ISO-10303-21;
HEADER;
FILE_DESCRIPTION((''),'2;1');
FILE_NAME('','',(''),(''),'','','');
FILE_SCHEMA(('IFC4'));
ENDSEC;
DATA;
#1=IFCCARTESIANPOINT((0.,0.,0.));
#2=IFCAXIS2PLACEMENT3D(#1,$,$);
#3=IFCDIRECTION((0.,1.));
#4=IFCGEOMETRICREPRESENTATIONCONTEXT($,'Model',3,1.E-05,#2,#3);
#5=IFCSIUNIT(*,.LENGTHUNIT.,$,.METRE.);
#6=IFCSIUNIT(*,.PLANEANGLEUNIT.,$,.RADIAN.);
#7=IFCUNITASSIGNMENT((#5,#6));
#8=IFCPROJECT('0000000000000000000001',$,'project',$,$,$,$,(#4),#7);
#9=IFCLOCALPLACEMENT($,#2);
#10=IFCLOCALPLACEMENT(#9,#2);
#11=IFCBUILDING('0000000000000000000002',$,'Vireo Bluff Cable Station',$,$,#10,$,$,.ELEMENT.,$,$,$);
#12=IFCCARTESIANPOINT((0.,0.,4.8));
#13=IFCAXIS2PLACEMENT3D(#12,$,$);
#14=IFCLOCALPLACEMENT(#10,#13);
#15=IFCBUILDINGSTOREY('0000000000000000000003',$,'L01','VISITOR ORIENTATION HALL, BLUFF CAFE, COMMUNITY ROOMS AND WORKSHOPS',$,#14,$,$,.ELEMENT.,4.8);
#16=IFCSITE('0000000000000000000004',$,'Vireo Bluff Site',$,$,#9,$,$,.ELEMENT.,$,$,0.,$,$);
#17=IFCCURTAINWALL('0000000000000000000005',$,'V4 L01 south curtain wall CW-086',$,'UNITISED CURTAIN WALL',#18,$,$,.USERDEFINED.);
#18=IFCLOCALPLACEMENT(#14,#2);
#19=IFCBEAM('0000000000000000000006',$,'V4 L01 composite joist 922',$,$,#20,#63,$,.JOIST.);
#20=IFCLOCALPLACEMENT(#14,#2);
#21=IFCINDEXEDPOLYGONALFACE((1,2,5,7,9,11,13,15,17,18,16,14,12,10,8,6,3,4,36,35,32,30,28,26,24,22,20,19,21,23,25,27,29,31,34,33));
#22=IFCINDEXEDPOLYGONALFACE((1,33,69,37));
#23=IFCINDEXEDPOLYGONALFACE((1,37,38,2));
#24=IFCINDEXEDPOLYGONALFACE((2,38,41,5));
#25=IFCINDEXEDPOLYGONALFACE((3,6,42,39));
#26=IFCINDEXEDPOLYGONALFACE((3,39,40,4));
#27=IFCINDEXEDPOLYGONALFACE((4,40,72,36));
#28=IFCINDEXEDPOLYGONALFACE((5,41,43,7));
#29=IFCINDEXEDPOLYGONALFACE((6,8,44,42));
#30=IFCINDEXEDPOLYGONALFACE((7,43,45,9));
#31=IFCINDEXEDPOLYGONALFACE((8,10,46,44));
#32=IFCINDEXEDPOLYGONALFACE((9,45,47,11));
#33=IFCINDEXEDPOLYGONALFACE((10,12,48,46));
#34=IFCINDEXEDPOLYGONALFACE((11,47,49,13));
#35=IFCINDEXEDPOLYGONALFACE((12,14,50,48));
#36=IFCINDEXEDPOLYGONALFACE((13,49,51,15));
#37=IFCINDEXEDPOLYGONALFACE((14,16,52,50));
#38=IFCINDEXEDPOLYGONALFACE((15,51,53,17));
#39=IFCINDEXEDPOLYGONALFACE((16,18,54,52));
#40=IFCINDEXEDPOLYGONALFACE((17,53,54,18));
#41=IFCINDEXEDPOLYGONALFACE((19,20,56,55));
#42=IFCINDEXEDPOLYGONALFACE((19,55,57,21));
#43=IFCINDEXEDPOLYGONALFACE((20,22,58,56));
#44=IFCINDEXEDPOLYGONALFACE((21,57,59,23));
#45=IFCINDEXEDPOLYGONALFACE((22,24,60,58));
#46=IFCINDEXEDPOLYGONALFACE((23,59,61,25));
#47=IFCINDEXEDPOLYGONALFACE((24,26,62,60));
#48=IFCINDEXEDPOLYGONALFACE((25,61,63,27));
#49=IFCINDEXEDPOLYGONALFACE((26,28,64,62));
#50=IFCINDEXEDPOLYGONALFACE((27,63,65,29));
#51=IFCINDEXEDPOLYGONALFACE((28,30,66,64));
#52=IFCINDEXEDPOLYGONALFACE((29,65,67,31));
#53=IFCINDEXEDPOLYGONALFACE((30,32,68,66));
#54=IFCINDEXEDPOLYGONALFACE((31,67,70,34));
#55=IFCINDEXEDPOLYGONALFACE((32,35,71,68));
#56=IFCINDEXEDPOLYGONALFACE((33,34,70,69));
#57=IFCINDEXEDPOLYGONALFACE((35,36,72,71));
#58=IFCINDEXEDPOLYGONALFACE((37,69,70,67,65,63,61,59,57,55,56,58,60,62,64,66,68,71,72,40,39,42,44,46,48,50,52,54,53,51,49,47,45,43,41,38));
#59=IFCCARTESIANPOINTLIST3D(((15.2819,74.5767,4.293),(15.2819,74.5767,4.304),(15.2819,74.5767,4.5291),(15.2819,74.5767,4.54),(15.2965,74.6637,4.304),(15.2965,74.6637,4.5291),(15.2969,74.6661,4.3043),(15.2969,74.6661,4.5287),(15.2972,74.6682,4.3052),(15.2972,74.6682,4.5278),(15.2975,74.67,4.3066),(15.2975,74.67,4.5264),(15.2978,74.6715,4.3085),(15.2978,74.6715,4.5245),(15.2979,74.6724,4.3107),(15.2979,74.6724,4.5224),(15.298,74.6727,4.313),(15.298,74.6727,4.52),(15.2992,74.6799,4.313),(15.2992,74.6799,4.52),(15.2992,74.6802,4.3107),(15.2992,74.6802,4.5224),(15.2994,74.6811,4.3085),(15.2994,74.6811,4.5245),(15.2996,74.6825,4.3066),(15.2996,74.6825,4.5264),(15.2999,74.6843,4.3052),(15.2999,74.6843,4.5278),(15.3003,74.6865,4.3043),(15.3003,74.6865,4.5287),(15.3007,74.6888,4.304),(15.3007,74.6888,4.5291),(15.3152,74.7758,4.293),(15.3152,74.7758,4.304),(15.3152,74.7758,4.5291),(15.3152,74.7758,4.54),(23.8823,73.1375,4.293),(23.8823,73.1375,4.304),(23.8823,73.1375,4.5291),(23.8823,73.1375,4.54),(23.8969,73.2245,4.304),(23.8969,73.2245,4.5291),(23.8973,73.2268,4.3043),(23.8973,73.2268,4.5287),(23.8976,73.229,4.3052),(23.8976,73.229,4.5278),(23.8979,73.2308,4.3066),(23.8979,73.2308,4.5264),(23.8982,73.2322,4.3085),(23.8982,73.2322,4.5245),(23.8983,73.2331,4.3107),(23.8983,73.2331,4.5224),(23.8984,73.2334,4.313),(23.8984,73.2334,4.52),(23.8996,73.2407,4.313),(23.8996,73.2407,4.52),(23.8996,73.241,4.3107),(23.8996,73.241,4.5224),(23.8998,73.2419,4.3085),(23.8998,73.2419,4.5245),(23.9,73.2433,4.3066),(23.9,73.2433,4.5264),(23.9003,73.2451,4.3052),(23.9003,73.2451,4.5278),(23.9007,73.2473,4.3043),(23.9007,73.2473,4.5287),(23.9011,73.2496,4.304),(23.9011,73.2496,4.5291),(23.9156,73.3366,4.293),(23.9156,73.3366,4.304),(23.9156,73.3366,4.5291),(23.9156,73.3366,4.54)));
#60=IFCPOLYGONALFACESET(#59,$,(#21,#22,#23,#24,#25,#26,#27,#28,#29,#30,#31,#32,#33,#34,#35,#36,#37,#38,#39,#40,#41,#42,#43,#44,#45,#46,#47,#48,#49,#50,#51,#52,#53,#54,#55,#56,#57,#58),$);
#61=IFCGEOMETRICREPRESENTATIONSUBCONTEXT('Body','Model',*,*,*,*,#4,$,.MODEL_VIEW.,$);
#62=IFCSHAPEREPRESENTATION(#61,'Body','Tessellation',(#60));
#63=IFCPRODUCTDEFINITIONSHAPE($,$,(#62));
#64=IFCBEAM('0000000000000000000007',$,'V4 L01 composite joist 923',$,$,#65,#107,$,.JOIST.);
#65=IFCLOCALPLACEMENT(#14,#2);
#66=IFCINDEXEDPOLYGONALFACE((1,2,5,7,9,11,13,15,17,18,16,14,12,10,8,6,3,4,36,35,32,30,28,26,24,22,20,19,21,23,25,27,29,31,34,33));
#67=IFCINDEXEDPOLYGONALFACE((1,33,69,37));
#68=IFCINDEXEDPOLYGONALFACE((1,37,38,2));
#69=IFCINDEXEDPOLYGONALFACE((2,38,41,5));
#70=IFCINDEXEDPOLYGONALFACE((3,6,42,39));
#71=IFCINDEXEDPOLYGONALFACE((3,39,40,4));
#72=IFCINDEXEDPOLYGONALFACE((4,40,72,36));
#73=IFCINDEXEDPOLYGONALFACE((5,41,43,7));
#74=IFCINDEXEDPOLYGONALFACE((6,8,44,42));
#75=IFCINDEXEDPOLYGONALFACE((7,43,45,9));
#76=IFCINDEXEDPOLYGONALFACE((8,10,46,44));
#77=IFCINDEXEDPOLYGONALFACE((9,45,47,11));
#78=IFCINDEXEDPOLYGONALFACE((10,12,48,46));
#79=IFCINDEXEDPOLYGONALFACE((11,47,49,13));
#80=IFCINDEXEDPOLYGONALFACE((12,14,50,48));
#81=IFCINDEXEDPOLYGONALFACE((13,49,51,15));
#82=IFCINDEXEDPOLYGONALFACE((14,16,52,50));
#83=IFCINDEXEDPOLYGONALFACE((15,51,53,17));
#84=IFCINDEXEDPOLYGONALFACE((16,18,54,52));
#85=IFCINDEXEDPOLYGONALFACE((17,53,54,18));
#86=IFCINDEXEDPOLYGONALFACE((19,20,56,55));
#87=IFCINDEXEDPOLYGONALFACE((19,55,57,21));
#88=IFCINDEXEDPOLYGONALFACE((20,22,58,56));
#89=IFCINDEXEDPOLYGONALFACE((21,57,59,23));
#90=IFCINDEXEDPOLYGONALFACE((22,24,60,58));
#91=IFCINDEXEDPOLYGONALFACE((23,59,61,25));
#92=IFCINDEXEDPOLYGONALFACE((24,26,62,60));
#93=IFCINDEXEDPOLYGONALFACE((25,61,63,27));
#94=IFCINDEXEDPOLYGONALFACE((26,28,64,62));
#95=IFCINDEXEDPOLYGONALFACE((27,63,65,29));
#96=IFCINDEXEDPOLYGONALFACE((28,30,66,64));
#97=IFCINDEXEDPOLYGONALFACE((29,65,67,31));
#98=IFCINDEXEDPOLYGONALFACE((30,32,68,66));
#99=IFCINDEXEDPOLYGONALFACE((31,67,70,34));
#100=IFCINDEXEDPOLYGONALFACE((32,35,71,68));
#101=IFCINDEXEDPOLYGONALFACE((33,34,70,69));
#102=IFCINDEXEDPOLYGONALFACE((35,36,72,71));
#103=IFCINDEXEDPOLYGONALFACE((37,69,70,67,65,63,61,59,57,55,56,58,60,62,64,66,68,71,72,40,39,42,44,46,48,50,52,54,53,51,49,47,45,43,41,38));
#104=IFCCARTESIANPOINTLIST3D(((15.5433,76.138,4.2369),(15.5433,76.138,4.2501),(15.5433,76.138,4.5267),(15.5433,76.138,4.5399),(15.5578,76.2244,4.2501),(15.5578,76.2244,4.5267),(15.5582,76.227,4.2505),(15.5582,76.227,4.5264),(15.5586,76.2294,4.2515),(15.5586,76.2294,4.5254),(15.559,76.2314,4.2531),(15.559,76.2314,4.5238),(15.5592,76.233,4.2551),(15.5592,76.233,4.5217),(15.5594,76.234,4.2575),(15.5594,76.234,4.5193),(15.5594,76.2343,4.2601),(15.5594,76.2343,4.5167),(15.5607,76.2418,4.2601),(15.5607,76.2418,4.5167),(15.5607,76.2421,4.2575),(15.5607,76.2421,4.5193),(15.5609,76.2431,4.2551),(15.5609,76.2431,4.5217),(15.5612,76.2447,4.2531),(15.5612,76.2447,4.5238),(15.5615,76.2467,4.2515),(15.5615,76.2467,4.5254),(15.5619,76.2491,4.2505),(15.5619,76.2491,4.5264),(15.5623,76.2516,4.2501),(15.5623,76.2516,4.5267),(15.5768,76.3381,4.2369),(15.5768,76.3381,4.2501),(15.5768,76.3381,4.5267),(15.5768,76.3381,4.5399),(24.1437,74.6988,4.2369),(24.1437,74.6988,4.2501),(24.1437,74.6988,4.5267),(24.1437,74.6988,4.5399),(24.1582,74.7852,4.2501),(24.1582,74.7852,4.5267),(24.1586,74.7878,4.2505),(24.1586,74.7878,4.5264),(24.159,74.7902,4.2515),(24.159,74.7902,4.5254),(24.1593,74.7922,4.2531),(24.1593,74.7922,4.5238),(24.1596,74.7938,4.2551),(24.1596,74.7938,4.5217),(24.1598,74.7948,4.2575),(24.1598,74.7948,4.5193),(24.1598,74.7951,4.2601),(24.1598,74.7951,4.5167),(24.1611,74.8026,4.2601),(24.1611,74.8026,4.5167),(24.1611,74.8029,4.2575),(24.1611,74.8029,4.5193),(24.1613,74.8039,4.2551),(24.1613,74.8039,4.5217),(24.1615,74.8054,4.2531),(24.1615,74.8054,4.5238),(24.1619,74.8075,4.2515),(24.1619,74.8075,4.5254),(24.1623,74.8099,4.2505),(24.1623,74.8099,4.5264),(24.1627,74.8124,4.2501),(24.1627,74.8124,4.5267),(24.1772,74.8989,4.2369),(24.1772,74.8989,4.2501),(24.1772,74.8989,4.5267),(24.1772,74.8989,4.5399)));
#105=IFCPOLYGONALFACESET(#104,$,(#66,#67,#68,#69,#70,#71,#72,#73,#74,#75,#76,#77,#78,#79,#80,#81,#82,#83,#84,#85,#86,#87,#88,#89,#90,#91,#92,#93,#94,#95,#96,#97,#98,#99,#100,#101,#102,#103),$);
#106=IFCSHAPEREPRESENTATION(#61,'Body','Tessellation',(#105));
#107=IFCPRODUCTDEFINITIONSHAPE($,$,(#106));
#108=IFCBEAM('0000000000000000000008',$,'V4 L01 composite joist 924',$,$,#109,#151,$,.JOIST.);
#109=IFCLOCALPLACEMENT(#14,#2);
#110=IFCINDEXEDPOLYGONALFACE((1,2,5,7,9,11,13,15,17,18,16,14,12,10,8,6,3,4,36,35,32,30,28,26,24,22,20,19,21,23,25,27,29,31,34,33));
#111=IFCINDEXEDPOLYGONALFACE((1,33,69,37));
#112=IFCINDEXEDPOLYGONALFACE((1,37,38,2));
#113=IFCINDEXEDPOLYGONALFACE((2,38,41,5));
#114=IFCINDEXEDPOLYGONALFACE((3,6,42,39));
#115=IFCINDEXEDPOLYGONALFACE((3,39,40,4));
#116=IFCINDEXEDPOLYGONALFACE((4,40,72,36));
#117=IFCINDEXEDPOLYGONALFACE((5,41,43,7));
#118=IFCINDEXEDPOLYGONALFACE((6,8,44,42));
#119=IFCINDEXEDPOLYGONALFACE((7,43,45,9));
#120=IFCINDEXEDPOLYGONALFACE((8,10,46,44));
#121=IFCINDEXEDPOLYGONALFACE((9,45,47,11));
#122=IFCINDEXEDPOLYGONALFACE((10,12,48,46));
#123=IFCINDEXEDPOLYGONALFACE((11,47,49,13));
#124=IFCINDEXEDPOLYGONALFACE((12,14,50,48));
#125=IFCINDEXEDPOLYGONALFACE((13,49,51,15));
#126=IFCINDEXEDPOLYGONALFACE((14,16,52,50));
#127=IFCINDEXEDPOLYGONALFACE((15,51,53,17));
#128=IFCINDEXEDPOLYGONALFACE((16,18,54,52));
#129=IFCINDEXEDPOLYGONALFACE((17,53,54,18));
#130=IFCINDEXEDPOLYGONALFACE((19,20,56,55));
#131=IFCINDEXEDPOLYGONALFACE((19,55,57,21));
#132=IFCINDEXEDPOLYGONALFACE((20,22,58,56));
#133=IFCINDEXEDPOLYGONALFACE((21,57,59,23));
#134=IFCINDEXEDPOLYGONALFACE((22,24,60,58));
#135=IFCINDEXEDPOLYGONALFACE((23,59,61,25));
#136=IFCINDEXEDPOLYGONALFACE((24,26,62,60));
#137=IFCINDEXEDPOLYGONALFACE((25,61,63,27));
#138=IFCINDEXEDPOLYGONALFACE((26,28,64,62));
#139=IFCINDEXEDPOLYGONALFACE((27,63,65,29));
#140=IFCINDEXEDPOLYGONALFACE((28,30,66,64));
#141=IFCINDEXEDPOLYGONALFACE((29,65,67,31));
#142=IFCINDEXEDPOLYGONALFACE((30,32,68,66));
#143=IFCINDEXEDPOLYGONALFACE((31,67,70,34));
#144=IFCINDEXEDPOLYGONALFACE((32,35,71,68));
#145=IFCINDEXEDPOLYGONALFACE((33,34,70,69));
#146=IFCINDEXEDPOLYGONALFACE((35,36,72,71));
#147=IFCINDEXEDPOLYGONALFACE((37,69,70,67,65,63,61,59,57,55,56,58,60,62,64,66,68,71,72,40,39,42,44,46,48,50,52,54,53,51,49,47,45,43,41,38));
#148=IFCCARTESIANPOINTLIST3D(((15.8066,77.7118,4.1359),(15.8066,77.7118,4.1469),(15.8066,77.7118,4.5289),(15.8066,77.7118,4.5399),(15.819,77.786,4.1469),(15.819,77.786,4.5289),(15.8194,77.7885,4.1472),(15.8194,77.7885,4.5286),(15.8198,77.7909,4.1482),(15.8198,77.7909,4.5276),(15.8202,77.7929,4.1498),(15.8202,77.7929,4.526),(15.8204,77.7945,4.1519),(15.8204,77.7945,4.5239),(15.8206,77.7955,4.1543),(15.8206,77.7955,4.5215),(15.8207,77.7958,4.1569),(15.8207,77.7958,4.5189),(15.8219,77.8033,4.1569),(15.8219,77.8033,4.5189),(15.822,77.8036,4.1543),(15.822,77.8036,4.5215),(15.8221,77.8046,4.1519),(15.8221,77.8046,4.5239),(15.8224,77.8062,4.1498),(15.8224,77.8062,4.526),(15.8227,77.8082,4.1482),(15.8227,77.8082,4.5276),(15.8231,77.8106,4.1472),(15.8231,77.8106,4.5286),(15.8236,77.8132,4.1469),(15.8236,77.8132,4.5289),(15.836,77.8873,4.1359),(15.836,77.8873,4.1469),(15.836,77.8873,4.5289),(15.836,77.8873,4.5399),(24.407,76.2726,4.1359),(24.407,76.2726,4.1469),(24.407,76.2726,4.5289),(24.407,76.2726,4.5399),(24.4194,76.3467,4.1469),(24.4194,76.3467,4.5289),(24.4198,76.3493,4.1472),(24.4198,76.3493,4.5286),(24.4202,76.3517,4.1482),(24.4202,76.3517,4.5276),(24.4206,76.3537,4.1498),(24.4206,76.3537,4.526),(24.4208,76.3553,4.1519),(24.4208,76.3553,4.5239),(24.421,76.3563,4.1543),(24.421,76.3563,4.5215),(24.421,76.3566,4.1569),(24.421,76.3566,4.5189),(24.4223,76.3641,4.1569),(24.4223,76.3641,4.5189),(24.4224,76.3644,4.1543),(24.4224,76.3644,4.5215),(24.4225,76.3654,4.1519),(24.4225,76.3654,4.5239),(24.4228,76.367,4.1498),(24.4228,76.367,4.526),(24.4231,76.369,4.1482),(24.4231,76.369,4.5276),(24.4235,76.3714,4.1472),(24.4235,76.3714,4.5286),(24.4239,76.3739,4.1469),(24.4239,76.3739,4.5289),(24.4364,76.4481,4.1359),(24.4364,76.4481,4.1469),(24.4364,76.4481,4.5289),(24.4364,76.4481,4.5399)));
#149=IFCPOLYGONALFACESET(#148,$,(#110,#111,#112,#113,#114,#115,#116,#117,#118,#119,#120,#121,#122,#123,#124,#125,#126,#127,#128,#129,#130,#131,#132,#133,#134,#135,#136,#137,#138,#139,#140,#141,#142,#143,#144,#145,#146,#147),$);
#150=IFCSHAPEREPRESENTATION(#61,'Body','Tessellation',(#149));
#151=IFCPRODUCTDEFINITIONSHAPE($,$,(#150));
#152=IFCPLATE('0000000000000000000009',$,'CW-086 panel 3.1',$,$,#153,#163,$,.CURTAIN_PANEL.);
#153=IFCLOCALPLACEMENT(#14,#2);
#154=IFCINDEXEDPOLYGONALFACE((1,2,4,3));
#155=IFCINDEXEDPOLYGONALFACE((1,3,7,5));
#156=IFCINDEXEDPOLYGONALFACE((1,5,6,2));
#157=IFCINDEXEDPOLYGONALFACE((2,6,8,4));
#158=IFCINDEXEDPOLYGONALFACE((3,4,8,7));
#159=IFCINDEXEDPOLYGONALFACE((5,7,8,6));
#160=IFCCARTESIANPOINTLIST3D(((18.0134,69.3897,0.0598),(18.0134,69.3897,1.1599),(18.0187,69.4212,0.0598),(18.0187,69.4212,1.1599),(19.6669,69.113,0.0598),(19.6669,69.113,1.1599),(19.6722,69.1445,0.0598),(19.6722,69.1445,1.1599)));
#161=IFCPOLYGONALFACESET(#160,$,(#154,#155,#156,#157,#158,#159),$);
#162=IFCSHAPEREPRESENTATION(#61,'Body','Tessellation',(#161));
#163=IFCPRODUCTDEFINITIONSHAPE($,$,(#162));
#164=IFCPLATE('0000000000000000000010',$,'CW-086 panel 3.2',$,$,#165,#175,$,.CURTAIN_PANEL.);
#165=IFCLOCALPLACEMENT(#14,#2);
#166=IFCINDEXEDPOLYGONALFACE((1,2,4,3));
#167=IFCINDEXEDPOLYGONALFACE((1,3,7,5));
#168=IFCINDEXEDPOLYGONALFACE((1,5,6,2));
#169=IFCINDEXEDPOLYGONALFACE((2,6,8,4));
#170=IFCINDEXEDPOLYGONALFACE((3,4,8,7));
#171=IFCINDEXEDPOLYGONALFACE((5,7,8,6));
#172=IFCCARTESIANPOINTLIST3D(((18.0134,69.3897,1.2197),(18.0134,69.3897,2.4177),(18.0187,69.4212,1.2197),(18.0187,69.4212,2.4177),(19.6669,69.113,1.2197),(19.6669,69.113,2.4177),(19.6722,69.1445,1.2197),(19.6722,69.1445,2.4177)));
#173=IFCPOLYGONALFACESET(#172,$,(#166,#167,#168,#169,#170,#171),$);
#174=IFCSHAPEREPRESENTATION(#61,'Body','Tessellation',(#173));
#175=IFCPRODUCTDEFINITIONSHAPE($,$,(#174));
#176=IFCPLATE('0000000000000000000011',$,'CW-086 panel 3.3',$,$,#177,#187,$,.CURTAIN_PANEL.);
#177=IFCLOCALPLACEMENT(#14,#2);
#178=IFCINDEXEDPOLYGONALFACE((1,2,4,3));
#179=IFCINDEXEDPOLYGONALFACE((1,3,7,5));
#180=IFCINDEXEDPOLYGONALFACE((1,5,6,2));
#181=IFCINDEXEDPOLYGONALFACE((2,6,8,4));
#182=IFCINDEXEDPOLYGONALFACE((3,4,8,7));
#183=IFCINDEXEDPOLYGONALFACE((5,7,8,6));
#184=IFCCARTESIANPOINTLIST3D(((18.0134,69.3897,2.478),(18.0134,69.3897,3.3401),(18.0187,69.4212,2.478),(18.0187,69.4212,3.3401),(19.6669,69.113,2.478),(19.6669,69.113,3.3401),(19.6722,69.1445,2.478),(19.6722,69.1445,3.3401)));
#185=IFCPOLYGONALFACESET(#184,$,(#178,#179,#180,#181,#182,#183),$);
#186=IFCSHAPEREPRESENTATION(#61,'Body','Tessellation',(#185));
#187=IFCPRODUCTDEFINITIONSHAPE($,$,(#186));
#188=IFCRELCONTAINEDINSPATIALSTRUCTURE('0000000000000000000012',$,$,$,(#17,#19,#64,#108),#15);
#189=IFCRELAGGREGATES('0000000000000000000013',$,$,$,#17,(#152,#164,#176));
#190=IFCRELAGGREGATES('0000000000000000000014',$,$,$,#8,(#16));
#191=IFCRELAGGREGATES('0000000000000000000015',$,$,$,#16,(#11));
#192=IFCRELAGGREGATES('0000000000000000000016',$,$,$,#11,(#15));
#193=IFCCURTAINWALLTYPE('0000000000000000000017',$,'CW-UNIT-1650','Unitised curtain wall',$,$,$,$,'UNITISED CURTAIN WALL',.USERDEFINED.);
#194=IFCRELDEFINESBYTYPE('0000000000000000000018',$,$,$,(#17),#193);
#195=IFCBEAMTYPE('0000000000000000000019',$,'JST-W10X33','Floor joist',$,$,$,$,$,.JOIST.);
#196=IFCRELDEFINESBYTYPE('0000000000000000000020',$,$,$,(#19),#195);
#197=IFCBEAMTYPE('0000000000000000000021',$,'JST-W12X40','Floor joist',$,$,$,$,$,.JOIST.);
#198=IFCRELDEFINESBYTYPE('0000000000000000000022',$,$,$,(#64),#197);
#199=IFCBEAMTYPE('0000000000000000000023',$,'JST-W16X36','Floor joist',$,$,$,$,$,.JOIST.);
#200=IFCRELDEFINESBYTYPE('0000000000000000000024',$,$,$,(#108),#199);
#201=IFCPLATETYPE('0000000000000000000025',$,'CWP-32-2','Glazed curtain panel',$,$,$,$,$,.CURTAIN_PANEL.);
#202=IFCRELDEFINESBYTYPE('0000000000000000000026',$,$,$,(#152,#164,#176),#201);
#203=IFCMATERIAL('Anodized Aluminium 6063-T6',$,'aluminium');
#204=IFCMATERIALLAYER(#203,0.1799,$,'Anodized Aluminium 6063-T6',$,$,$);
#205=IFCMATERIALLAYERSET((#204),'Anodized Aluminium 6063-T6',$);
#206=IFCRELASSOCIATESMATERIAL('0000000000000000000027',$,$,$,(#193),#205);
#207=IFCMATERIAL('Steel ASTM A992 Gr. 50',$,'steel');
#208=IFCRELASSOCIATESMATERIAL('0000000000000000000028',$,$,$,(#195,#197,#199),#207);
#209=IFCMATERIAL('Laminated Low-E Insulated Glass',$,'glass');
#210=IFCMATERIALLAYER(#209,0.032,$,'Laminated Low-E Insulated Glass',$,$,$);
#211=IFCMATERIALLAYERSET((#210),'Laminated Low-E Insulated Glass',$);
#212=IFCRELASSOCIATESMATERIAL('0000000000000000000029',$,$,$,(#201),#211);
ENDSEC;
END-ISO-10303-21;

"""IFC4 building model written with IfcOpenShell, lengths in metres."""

from ifc_helpers import new_model, si_unit, direction, frame, origin, origin_2d, place, context, subcontext, project, spatial, rectangle, i_section, extrude, material, layer, layer_set, material_profile, profile_set, type_object, element, aggregate, save


model = new_model("IFC4")

# Units and contexts
model_context = context("Model", 3, precision=1e-05, world=origin(), true_north=direction((0.0, 1.0)))
body_context = subcontext(model_context, "Body", "Model", "MODEL_VIEW")
ifc_project = project(units=[si_unit("LENGTHUNIT", "METRE"), si_unit("PLANEANGLEUNIT", "RADIAN")], contexts=[model_context])

# Site, building, storey
site_placement = place(None, origin())
site = spatial("IfcSite", under=ifc_project, at=site_placement, Name="Vireo Bluff Site", CompositionType="ELEMENT", RefElevation=0.0)
building_placement = place(site_placement, origin())
building = spatial("IfcBuilding", under=site, at=building_placement, Name="Vireo Bluff Cable Station", CompositionType="ELEMENT")
storey_placement = place(building_placement, frame((0.0, 0.0, 4.8)))
storey = spatial("IfcBuildingStorey", under=building, at=storey_placement, Name="L01", Description="VISITOR ORIENTATION HALL, BLUFF CAFE, COMMUNITY ROOMS AND WORKSHOPS", CompositionType="ELEMENT", Elevation=4.8)

# Curtain wall
ifc_material_1 = material(Name="Anodized Aluminium 6063-T6", Category="aluminium")
ifc_layer_1 = layer(ifc_material_1, 0.1799, Name="Anodized Aluminium 6063-T6")
ifc_layer_set_1 = layer_set([ifc_layer_1], Name="Anodized Aluminium 6063-T6")
curtain_wall_type = type_object("IfcCurtainWallType", Name="CW-UNIT-1650", Description="Unitised curtain wall", ElementType="UNITISED CURTAIN WALL", PredefinedType="USERDEFINED", material=ifc_layer_set_1)
curtain_wall_placement = place(storey_placement, origin())
curtain_wall = element("IfcCurtainWall", 1, at=curtain_wall_placement, inside=storey, type_object=curtain_wall_type, Name="V4 L01 south curtain wall CW-086", ObjectType="UNITISED CURTAIN WALL", PredefinedType="USERDEFINED")

# Beams
ifc_material_2 = material(Name="Steel ASTM A992 Gr. 50", Category="steel")
ifc_material_profile_1 = material_profile(ifc_material_2, i_section(OverallWidth=0.2019, OverallDepth=0.2471, WebThickness=0.0073, FlangeThickness=0.011, FilletRadius=0.009, at=origin_2d()), Name="W10X33")
ifc_profile_set_1 = profile_set([ifc_material_profile_1], Name="Steel ASTM A992 Gr. 50")
beam_type_1 = type_object("IfcBeamType", Name="JST-W10X33", Description="Floor joist", PredefinedType="JOIST", material=ifc_profile_set_1)
beam_1_placement = place(storey_placement, frame((15.2986, 74.6763, 4.4165), z_axis=(0.986286, -0.165048, 0.0), x_axis=(0.165048, 0.986286, 0.0)))
element("IfcBeam", 2, at=beam_1_placement, inside=storey, type_object=beam_type_1, Name="V4 L01 composite joist 922", PredefinedType="JOIST", context=body_context, shape_type="SweptSolid", body=[
    extrude(i_section(OverallWidth=0.2019, OverallDepth=0.2471, WebThickness=0.0073, FlangeThickness=0.011, FilletRadius=0.009, at=origin_2d()), origin(), (0.0, 0.0, 1.0), 8.72),
])
ifc_material_profile_2 = material_profile(ifc_material_2, i_section(OverallWidth=0.2029, OverallDepth=0.303, WebThickness=0.0076, FlangeThickness=0.0132, FilletRadius=0.01, at=origin_2d()), Name="W12X40")
ifc_profile_set_2 = profile_set([ifc_material_profile_2], Name="Steel ASTM A992 Gr. 50")
beam_type_2 = type_object("IfcBeamType", Name="JST-W12X40", Description="Floor joist", PredefinedType="JOIST", material=ifc_profile_set_2)
beam_2_placement = place(storey_placement, frame((15.5601, 76.238, 4.3884), z_axis=(0.986286, -0.165048, 0.0), x_axis=(0.165048, 0.986286, 0.0)))
element("IfcBeam", 3, at=beam_2_placement, inside=storey, type_object=beam_type_2, Name="V4 L01 composite joist 923", PredefinedType="JOIST", context=body_context, shape_type="SweptSolid", body=[
    extrude(i_section(OverallWidth=0.2029, OverallDepth=0.303, WebThickness=0.0076, FlangeThickness=0.0132, FilletRadius=0.01, at=origin_2d()), origin(), (0.0, 0.0, 1.0), 8.72),
])
ifc_material_profile_3 = material_profile(ifc_material_2, i_section(OverallWidth=0.178, OverallDepth=0.4041, WebThickness=0.0076, FlangeThickness=0.011, FilletRadius=0.01, at=origin_2d()), Name="W16X36")
ifc_profile_set_3 = profile_set([ifc_material_profile_3], Name="Steel ASTM A992 Gr. 50")
beam_type_3 = type_object("IfcBeamType", Name="JST-W16X36", Description="Floor joist", PredefinedType="JOIST", material=ifc_profile_set_3)
beam_3_placement = place(storey_placement, frame((15.8213, 77.7996, 4.3379), z_axis=(0.986286, -0.165048, 0.0), x_axis=(0.165048, 0.986286, 0.0)))
element("IfcBeam", 4, at=beam_3_placement, inside=storey, type_object=beam_type_3, Name="V4 L01 composite joist 924", PredefinedType="JOIST", context=body_context, shape_type="SweptSolid", body=[
    extrude(i_section(OverallWidth=0.178, OverallDepth=0.4041, WebThickness=0.0076, FlangeThickness=0.011, FilletRadius=0.01, at=origin_2d()), origin(), (0.0, 0.0, 1.0), 8.72),
])

# Plates
ifc_material_3 = material(Name="Laminated Low-E Insulated Glass", Category="glass")
ifc_layer_2 = layer(ifc_material_3, 0.032, Name="Laminated Low-E Insulated Glass")
ifc_layer_set_2 = layer_set([ifc_layer_2], Name="Laminated Low-E Insulated Glass")
plate_type = type_object("IfcPlateType", Name="CWP-32-2", Description="Glazed curtain panel", PredefinedType="CURTAIN_PANEL", material=ifc_layer_set_2)
plate_1_placement = place(storey_placement, frame((18.8428, 69.2671, 0.0598), z_axis=(0.0, 0.0, 1.0), x_axis=(-0.986286, 0.165048, 0.0)))
plate_1 = element("IfcPlate", 5, at=plate_1_placement, type_object=plate_type, Name="CW-086 panel 3.1", PredefinedType="CURTAIN_PANEL", context=body_context, shape_type="SweptSolid", body=[
    extrude(rectangle(XDim=1.6765, YDim=0.032, at=origin_2d()), origin(), (0.0, 0.0, 1.0), 1.1001),
])
plate_2_placement = place(storey_placement, frame((18.8428, 69.2671, 1.2197), z_axis=(0.0, 0.0, 1.0), x_axis=(-0.986286, 0.165048, 0.0)))
plate_2 = element("IfcPlate", 6, at=plate_2_placement, type_object=plate_type, Name="CW-086 panel 3.2", PredefinedType="CURTAIN_PANEL", context=body_context, shape_type="SweptSolid", body=[
    extrude(rectangle(XDim=1.6765, YDim=0.032, at=origin_2d()), origin(), (0.0, 0.0, 1.0), 1.198),
])
plate_3_placement = place(storey_placement, frame((18.8428, 69.2671, 2.478), z_axis=(0.0, 0.0, 1.0), x_axis=(-0.986286, 0.165048, 0.0)))
plate_3 = element("IfcPlate", 7, at=plate_3_placement, type_object=plate_type, Name="CW-086 panel 3.3", PredefinedType="CURTAIN_PANEL", context=body_context, shape_type="SweptSolid", body=[
    extrude(rectangle(XDim=1.6765, YDim=0.032, at=origin_2d()), origin(), (0.0, 0.0, 1.0), 0.8621),
])
aggregate(curtain_wall, [plate_1, plate_2, plate_3])

save(model, "model.ifc")
